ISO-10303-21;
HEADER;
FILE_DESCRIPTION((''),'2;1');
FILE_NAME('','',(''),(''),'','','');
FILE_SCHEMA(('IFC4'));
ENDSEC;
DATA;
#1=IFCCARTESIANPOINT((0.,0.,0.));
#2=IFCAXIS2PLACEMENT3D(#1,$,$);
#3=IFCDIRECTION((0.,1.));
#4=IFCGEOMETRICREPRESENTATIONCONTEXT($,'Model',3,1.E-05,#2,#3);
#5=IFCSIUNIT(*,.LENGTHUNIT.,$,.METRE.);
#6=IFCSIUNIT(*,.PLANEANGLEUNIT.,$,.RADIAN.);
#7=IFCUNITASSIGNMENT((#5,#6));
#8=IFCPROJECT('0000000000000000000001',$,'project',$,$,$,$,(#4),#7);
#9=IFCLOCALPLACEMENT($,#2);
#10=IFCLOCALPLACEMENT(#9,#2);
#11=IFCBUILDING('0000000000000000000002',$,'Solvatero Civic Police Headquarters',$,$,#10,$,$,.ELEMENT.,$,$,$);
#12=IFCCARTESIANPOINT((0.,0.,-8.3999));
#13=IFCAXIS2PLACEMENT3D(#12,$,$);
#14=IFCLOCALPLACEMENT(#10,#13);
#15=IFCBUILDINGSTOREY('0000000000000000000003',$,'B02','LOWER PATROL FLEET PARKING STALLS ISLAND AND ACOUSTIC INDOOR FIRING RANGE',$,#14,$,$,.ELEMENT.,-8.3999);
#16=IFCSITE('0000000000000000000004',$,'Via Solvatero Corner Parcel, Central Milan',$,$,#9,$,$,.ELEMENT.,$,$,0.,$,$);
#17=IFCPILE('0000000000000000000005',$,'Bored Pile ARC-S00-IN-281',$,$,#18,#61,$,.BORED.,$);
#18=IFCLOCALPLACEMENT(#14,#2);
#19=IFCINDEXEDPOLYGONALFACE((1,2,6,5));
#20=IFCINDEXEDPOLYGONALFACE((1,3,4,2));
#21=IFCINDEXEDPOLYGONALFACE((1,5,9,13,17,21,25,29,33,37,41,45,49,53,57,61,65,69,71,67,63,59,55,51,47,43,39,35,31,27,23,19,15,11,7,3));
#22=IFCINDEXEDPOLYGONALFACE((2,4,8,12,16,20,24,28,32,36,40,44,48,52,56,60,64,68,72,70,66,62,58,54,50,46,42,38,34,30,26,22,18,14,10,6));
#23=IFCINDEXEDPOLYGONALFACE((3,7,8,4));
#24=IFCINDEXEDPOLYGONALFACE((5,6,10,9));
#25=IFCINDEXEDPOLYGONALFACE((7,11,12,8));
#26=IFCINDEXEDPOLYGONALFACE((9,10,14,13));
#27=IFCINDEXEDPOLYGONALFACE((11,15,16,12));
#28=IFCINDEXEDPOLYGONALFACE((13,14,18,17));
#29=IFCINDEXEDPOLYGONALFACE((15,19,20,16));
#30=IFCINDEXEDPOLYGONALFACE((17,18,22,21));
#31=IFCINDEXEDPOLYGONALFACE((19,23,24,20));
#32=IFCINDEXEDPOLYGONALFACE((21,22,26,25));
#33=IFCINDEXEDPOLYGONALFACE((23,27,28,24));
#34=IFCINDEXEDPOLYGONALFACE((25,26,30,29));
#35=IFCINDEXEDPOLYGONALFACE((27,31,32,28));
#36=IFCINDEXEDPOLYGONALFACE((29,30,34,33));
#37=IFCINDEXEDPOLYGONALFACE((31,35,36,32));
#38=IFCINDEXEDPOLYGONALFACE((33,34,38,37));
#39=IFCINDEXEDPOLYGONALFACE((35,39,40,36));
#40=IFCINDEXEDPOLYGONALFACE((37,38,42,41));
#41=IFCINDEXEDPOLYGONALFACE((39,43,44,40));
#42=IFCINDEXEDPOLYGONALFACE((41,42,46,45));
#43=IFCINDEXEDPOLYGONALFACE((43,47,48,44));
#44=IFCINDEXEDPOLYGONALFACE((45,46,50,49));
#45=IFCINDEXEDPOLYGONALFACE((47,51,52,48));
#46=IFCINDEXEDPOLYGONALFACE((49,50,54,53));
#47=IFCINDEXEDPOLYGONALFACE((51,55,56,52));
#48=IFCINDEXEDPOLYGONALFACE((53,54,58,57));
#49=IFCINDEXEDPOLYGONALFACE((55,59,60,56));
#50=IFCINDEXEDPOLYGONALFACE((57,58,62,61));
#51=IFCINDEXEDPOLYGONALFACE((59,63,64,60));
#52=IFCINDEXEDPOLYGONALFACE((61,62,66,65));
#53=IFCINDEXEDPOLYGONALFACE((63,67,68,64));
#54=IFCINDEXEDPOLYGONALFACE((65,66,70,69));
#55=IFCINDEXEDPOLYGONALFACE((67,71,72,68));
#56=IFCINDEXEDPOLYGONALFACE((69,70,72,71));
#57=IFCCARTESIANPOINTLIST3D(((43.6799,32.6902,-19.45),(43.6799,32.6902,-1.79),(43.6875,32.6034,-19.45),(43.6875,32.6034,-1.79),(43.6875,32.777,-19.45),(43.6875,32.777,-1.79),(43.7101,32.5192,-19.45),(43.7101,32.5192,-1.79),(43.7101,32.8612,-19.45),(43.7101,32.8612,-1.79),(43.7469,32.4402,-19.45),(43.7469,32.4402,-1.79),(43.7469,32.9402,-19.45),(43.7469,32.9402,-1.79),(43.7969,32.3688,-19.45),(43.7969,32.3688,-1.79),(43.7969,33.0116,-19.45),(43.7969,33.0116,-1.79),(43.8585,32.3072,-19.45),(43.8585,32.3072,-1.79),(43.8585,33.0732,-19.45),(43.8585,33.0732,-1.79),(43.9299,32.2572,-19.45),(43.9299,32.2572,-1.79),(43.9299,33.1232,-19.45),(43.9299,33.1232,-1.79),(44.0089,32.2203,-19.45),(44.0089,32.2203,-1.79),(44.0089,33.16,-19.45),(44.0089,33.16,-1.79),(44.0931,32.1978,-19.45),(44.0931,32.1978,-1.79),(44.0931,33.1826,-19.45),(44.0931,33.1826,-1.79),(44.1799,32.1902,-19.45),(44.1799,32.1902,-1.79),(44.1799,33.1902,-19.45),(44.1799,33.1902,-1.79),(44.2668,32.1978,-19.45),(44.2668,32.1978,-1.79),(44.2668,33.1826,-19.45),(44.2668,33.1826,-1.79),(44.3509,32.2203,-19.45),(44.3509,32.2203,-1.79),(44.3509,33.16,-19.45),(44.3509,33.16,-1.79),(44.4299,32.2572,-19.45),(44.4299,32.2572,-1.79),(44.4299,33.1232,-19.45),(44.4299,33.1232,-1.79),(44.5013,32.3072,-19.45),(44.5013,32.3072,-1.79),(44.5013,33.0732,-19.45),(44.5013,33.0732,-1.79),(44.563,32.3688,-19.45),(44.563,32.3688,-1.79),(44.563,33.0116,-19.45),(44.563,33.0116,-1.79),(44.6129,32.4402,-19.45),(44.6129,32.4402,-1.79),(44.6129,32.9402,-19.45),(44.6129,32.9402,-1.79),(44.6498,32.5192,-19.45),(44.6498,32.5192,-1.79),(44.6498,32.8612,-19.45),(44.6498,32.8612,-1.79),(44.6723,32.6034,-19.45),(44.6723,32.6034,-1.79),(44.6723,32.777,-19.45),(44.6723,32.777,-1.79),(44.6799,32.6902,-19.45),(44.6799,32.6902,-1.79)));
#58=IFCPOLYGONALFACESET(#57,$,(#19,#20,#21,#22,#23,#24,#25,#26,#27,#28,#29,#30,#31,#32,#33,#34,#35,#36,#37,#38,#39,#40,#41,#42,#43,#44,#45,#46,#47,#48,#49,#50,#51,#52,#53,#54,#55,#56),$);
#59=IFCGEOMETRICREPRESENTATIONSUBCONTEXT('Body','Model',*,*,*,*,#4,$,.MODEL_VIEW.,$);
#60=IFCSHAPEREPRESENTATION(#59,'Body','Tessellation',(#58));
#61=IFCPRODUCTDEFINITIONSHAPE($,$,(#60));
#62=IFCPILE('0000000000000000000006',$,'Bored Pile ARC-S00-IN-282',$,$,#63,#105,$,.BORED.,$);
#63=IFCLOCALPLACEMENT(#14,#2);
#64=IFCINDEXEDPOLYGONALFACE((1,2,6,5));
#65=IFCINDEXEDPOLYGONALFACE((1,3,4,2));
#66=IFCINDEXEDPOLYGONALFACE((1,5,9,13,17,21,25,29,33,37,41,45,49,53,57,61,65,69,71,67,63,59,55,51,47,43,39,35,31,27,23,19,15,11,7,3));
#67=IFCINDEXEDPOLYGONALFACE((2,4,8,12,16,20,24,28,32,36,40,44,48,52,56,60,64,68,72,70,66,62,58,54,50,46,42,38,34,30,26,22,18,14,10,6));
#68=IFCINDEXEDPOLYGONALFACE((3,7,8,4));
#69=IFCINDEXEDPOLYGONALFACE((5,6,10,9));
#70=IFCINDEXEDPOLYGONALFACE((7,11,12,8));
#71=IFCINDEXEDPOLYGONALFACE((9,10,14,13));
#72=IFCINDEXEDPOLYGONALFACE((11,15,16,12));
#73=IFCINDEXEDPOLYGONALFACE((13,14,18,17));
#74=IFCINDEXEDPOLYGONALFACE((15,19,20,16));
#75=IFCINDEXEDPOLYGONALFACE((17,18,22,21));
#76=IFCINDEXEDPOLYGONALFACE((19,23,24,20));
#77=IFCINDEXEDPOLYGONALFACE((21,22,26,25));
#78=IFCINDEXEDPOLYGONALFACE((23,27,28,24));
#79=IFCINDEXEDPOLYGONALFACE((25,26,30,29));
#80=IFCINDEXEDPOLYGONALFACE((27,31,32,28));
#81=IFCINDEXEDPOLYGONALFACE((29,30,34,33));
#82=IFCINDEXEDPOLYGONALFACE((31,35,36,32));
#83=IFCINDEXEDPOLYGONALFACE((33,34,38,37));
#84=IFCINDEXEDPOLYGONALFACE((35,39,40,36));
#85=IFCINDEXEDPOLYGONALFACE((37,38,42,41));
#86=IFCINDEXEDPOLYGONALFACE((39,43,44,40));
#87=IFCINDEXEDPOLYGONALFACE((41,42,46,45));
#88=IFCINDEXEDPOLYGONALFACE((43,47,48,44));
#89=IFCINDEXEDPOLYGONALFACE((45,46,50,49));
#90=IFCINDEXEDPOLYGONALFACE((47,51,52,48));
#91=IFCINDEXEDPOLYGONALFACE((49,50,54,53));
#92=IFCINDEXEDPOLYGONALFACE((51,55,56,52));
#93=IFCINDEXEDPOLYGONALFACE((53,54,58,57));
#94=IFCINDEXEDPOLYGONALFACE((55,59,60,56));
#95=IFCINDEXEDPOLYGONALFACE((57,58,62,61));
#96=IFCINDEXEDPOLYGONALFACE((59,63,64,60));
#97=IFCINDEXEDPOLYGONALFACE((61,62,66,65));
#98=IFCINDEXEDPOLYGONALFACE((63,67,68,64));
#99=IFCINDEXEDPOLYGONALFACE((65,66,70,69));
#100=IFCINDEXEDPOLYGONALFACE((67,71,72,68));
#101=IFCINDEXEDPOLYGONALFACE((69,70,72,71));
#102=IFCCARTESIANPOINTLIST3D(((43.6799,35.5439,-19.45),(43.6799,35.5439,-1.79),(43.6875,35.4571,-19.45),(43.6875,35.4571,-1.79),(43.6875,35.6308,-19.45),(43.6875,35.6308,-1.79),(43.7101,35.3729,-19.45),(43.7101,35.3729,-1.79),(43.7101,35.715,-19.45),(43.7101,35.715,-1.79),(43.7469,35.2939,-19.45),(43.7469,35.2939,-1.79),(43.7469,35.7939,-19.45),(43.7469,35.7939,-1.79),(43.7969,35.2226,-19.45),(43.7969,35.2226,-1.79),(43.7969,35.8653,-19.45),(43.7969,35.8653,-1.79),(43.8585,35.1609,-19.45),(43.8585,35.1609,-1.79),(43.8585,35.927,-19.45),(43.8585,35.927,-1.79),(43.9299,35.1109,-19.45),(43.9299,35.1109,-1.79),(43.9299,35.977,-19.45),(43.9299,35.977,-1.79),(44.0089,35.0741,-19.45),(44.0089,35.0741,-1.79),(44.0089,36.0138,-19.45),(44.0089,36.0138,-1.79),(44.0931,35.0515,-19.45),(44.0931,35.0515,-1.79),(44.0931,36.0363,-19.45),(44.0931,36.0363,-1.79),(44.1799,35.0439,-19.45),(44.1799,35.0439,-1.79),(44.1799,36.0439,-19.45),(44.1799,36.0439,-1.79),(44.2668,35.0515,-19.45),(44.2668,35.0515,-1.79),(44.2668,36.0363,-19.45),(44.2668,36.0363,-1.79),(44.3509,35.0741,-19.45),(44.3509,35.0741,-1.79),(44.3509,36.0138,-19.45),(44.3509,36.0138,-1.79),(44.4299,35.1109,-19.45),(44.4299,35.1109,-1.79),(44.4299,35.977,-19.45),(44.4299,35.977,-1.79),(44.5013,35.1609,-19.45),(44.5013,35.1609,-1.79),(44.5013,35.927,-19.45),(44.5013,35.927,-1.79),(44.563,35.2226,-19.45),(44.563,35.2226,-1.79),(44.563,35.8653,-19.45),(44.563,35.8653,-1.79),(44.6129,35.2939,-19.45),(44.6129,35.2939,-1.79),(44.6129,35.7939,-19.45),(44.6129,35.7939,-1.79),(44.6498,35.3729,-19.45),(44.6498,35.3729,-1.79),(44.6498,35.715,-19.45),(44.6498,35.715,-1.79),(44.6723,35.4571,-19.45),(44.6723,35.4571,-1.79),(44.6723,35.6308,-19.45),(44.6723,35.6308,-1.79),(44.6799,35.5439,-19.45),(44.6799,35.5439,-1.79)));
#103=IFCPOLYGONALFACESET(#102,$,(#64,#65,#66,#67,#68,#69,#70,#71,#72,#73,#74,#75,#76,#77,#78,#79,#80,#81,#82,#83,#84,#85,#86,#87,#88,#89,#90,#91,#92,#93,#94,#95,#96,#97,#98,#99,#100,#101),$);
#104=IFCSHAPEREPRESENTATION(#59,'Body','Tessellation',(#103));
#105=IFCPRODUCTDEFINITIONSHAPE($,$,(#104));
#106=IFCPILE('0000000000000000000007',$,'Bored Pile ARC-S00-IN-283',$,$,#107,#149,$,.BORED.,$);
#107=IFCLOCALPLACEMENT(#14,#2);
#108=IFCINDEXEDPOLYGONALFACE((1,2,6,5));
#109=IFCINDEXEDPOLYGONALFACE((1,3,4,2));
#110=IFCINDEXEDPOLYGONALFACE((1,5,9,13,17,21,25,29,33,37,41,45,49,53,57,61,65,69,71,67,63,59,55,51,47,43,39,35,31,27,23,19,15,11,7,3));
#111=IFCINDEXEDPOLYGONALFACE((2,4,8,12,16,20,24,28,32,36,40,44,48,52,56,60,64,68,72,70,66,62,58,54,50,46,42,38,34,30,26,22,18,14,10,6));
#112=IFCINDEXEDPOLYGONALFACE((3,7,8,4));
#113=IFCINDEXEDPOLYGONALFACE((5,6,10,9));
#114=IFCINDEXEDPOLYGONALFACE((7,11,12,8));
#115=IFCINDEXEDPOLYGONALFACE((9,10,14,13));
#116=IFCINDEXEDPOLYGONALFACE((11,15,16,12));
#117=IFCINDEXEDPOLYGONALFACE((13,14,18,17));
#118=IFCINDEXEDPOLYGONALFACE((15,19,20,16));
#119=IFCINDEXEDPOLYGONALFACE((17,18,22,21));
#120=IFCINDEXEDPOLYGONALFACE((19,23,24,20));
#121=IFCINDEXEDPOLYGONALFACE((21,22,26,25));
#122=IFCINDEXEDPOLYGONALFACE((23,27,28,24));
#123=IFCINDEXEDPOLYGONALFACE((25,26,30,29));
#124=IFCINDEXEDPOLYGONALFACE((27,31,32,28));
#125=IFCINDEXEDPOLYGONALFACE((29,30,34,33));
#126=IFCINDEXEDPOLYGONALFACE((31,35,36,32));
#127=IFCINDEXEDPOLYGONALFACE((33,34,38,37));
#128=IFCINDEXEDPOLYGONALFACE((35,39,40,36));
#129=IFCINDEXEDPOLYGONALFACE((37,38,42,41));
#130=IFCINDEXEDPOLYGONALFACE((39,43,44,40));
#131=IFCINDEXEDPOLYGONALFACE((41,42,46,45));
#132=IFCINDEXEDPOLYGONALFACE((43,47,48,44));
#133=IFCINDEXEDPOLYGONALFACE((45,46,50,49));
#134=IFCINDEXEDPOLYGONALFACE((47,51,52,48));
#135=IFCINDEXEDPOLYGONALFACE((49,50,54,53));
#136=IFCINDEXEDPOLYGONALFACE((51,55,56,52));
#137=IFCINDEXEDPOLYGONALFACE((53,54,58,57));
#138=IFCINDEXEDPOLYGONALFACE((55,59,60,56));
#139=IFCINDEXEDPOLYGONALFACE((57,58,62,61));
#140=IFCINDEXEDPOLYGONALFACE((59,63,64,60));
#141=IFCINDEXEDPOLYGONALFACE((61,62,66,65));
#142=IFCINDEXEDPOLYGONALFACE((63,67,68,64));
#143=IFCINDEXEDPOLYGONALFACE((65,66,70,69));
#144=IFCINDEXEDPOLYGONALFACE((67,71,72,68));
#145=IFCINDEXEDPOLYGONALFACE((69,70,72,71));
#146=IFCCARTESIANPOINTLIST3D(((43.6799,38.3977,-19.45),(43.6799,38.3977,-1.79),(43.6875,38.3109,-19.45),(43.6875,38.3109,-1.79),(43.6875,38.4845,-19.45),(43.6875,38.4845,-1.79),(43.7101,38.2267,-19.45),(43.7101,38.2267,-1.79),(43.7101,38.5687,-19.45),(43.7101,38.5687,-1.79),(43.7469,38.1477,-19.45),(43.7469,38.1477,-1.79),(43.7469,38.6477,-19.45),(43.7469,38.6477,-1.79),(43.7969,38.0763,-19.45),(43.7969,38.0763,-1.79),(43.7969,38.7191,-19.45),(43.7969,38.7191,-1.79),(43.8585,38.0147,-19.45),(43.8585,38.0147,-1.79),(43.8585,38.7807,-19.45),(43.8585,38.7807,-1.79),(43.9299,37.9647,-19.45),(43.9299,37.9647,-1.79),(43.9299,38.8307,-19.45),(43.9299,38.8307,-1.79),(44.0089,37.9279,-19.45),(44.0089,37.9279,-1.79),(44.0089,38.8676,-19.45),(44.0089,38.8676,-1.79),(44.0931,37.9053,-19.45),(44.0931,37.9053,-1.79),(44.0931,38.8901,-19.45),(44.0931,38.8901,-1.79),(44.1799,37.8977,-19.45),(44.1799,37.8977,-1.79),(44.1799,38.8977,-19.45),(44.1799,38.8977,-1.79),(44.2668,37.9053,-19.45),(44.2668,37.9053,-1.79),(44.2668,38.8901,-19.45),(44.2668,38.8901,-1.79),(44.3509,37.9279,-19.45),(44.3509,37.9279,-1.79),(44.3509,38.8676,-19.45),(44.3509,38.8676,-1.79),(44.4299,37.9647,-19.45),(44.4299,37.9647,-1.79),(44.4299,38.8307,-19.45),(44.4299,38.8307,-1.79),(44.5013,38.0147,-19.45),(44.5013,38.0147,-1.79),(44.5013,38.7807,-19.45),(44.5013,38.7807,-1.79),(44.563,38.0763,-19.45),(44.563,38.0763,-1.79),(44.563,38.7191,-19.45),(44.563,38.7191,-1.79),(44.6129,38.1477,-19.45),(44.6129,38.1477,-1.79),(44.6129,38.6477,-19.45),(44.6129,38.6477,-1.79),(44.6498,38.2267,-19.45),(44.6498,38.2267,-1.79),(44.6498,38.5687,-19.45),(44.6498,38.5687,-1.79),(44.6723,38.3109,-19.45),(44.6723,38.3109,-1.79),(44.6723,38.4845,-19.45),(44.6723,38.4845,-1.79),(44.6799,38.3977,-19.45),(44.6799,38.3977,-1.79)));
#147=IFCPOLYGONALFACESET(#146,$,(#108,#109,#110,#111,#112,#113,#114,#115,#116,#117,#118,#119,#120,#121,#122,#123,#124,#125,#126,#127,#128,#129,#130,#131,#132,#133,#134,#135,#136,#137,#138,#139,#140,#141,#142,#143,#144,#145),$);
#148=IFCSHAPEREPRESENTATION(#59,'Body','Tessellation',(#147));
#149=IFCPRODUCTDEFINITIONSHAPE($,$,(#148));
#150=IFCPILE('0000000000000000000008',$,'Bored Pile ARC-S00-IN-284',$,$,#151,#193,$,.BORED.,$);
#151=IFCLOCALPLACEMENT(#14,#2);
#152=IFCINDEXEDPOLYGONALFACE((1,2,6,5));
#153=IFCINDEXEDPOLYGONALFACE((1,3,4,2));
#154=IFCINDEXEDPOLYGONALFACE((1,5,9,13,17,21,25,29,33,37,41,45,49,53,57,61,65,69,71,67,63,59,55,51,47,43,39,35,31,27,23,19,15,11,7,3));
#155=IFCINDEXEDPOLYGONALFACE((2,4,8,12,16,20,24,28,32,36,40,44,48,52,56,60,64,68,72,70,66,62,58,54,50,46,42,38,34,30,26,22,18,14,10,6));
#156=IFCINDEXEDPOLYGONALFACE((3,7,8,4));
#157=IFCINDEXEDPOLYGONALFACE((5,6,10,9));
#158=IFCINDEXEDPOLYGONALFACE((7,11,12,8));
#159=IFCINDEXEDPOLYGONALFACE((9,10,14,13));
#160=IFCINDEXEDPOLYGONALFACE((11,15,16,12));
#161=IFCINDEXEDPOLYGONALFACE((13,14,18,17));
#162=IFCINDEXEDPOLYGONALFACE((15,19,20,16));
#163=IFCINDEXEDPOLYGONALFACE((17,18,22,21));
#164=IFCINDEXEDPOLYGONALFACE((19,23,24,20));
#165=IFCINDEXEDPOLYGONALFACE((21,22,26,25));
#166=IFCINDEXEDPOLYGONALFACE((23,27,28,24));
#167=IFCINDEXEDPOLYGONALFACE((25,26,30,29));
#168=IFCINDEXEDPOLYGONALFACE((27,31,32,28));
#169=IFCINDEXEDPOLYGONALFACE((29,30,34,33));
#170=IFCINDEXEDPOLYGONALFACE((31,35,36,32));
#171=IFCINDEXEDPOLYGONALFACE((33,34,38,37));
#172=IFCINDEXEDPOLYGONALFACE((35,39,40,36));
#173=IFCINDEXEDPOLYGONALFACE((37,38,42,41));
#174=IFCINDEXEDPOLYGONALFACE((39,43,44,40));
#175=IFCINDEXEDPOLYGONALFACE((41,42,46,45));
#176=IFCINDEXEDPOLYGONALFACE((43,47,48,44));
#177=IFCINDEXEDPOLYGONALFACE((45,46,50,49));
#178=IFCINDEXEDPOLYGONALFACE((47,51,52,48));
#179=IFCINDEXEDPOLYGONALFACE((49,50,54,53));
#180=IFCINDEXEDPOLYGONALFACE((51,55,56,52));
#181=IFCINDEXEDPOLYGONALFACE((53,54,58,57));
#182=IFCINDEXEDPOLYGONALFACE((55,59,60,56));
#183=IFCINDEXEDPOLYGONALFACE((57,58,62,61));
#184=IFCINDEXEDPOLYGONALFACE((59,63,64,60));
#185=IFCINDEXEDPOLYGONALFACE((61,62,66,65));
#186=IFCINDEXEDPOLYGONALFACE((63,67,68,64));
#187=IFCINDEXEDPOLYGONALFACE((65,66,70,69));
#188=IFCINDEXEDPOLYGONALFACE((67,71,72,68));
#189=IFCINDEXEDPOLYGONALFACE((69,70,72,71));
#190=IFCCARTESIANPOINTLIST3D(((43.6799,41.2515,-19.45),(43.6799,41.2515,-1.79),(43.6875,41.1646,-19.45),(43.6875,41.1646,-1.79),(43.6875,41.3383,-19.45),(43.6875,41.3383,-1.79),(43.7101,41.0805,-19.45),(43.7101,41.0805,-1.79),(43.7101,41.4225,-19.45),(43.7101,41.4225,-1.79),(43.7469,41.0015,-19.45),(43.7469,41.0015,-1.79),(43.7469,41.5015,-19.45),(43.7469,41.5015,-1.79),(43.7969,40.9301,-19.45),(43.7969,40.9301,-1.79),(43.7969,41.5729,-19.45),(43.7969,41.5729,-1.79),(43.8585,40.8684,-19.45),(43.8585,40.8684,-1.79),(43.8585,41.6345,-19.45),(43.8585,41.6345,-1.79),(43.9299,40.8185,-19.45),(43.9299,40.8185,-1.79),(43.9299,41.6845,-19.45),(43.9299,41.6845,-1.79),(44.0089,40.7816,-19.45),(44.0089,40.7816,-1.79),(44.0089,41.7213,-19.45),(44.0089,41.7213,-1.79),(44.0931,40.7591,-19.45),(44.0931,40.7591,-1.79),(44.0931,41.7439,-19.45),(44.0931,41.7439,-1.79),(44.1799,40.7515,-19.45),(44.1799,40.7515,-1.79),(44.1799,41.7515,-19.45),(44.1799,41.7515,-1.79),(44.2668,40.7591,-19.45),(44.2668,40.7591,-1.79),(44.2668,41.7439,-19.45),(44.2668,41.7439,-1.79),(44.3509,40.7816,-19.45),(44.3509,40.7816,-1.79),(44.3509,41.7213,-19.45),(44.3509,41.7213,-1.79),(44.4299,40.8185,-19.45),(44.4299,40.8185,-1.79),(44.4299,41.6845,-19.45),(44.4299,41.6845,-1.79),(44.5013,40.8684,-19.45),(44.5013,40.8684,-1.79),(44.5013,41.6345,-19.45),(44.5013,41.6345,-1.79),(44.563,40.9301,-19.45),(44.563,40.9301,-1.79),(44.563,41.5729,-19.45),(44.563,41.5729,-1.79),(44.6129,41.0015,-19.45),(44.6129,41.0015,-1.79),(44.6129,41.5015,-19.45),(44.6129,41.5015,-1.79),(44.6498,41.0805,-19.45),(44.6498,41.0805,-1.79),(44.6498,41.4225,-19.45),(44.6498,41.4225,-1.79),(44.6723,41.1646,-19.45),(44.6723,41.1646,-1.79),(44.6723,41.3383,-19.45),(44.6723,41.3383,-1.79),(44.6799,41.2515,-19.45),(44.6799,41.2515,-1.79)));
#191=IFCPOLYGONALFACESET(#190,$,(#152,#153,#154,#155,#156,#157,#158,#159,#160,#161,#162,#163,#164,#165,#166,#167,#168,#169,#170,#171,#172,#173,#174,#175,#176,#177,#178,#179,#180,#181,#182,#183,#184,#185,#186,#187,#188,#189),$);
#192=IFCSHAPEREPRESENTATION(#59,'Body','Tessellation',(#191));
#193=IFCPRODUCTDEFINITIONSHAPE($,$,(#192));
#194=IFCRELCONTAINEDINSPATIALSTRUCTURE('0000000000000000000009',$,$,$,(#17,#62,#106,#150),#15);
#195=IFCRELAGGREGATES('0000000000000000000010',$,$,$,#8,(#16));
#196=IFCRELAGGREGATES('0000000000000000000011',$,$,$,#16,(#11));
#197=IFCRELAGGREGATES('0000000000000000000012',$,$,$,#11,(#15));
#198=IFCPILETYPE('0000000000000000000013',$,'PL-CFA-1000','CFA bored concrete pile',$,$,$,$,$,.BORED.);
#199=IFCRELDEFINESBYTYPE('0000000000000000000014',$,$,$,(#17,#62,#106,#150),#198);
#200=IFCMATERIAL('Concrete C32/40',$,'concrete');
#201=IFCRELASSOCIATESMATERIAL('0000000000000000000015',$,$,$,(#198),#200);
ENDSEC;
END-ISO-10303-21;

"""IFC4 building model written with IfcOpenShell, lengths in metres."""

from ifc_helpers import new_model, si_unit, direction, frame, origin, origin_2d, place, context, subcontext, project, spatial, circle, extrude, material, material_profile, profile_set, type_object, element, save


model = new_model("IFC4")

# Units and contexts
model_context = context("Model", 3, precision=1e-05, world=origin(), true_north=direction((0.0, 1.0)))
body_context = subcontext(model_context, "Body", "Model", "MODEL_VIEW")
ifc_project = project(units=[si_unit("LENGTHUNIT", "METRE"), si_unit("PLANEANGLEUNIT", "RADIAN")], contexts=[model_context])

# Site, building, storey
site_placement = place(None, origin())
site = spatial("IfcSite", under=ifc_project, at=site_placement, Name="Via Solvatero Corner Parcel, Central Milan", CompositionType="ELEMENT", RefElevation=0.0)
building_placement = place(site_placement, origin())
building = spatial("IfcBuilding", under=site, at=building_placement, Name="Solvatero Civic Police Headquarters", CompositionType="ELEMENT")
storey_placement = place(building_placement, frame((0.0, 0.0, -8.3999)))
storey = spatial("IfcBuildingStorey", under=building, at=storey_placement, Name="B02", Description="LOWER PATROL FLEET PARKING STALLS ISLAND AND ACOUSTIC INDOOR FIRING RANGE", CompositionType="ELEMENT", Elevation=-8.3999)

# Piles
ifc_material_1 = material(Name="Concrete C32/40", Category="concrete")
ifc_material_profile_1 = material_profile(ifc_material_1, circle(Radius=0.5, at=origin_2d()), Name="CFA PILE D1000")
ifc_profile_set_1 = profile_set([ifc_material_profile_1], Name="Concrete C32/40")
pile_type = type_object("IfcPileType", Name="PL-CFA-1000", Description="CFA bored concrete pile", PredefinedType="BORED", material=ifc_profile_set_1)
for number, where, z_axis, x_axis, name in (
    (1, (44.1799, 32.6902, -1.79), (0.0, 0.0, -1.0), (1.0, 0.0, 0.0), "Bored Pile ARC-S00-IN-281"),
    (2, (44.1799, 35.5439, -1.79), (0.0, 0.0, -1.0), (1.0, 0.0, 0.0), "Bored Pile ARC-S00-IN-282"),
    (3, (44.1799, 38.3977, -1.79), (0.0, 0.0, -1.0), (1.0, 0.0, 0.0), "Bored Pile ARC-S00-IN-283"),
    (4, (44.1799, 41.2515, -1.79), (0.0, 0.0, -1.0), (1.0, 0.0, 0.0), "Bored Pile ARC-S00-IN-284"),
):
    element("IfcPile", number, at=place(storey_placement, frame(where, z_axis=z_axis, x_axis=x_axis)), inside=storey, type_object=pile_type, Name=name, PredefinedType="BORED", context=body_context, shape_type="SweptSolid", body=[
        extrude(circle(Radius=0.5, at=origin_2d()), origin(), (0.0, 0.0, 1.0), 17.6599),
    ])

save(model, "model.ifc")
